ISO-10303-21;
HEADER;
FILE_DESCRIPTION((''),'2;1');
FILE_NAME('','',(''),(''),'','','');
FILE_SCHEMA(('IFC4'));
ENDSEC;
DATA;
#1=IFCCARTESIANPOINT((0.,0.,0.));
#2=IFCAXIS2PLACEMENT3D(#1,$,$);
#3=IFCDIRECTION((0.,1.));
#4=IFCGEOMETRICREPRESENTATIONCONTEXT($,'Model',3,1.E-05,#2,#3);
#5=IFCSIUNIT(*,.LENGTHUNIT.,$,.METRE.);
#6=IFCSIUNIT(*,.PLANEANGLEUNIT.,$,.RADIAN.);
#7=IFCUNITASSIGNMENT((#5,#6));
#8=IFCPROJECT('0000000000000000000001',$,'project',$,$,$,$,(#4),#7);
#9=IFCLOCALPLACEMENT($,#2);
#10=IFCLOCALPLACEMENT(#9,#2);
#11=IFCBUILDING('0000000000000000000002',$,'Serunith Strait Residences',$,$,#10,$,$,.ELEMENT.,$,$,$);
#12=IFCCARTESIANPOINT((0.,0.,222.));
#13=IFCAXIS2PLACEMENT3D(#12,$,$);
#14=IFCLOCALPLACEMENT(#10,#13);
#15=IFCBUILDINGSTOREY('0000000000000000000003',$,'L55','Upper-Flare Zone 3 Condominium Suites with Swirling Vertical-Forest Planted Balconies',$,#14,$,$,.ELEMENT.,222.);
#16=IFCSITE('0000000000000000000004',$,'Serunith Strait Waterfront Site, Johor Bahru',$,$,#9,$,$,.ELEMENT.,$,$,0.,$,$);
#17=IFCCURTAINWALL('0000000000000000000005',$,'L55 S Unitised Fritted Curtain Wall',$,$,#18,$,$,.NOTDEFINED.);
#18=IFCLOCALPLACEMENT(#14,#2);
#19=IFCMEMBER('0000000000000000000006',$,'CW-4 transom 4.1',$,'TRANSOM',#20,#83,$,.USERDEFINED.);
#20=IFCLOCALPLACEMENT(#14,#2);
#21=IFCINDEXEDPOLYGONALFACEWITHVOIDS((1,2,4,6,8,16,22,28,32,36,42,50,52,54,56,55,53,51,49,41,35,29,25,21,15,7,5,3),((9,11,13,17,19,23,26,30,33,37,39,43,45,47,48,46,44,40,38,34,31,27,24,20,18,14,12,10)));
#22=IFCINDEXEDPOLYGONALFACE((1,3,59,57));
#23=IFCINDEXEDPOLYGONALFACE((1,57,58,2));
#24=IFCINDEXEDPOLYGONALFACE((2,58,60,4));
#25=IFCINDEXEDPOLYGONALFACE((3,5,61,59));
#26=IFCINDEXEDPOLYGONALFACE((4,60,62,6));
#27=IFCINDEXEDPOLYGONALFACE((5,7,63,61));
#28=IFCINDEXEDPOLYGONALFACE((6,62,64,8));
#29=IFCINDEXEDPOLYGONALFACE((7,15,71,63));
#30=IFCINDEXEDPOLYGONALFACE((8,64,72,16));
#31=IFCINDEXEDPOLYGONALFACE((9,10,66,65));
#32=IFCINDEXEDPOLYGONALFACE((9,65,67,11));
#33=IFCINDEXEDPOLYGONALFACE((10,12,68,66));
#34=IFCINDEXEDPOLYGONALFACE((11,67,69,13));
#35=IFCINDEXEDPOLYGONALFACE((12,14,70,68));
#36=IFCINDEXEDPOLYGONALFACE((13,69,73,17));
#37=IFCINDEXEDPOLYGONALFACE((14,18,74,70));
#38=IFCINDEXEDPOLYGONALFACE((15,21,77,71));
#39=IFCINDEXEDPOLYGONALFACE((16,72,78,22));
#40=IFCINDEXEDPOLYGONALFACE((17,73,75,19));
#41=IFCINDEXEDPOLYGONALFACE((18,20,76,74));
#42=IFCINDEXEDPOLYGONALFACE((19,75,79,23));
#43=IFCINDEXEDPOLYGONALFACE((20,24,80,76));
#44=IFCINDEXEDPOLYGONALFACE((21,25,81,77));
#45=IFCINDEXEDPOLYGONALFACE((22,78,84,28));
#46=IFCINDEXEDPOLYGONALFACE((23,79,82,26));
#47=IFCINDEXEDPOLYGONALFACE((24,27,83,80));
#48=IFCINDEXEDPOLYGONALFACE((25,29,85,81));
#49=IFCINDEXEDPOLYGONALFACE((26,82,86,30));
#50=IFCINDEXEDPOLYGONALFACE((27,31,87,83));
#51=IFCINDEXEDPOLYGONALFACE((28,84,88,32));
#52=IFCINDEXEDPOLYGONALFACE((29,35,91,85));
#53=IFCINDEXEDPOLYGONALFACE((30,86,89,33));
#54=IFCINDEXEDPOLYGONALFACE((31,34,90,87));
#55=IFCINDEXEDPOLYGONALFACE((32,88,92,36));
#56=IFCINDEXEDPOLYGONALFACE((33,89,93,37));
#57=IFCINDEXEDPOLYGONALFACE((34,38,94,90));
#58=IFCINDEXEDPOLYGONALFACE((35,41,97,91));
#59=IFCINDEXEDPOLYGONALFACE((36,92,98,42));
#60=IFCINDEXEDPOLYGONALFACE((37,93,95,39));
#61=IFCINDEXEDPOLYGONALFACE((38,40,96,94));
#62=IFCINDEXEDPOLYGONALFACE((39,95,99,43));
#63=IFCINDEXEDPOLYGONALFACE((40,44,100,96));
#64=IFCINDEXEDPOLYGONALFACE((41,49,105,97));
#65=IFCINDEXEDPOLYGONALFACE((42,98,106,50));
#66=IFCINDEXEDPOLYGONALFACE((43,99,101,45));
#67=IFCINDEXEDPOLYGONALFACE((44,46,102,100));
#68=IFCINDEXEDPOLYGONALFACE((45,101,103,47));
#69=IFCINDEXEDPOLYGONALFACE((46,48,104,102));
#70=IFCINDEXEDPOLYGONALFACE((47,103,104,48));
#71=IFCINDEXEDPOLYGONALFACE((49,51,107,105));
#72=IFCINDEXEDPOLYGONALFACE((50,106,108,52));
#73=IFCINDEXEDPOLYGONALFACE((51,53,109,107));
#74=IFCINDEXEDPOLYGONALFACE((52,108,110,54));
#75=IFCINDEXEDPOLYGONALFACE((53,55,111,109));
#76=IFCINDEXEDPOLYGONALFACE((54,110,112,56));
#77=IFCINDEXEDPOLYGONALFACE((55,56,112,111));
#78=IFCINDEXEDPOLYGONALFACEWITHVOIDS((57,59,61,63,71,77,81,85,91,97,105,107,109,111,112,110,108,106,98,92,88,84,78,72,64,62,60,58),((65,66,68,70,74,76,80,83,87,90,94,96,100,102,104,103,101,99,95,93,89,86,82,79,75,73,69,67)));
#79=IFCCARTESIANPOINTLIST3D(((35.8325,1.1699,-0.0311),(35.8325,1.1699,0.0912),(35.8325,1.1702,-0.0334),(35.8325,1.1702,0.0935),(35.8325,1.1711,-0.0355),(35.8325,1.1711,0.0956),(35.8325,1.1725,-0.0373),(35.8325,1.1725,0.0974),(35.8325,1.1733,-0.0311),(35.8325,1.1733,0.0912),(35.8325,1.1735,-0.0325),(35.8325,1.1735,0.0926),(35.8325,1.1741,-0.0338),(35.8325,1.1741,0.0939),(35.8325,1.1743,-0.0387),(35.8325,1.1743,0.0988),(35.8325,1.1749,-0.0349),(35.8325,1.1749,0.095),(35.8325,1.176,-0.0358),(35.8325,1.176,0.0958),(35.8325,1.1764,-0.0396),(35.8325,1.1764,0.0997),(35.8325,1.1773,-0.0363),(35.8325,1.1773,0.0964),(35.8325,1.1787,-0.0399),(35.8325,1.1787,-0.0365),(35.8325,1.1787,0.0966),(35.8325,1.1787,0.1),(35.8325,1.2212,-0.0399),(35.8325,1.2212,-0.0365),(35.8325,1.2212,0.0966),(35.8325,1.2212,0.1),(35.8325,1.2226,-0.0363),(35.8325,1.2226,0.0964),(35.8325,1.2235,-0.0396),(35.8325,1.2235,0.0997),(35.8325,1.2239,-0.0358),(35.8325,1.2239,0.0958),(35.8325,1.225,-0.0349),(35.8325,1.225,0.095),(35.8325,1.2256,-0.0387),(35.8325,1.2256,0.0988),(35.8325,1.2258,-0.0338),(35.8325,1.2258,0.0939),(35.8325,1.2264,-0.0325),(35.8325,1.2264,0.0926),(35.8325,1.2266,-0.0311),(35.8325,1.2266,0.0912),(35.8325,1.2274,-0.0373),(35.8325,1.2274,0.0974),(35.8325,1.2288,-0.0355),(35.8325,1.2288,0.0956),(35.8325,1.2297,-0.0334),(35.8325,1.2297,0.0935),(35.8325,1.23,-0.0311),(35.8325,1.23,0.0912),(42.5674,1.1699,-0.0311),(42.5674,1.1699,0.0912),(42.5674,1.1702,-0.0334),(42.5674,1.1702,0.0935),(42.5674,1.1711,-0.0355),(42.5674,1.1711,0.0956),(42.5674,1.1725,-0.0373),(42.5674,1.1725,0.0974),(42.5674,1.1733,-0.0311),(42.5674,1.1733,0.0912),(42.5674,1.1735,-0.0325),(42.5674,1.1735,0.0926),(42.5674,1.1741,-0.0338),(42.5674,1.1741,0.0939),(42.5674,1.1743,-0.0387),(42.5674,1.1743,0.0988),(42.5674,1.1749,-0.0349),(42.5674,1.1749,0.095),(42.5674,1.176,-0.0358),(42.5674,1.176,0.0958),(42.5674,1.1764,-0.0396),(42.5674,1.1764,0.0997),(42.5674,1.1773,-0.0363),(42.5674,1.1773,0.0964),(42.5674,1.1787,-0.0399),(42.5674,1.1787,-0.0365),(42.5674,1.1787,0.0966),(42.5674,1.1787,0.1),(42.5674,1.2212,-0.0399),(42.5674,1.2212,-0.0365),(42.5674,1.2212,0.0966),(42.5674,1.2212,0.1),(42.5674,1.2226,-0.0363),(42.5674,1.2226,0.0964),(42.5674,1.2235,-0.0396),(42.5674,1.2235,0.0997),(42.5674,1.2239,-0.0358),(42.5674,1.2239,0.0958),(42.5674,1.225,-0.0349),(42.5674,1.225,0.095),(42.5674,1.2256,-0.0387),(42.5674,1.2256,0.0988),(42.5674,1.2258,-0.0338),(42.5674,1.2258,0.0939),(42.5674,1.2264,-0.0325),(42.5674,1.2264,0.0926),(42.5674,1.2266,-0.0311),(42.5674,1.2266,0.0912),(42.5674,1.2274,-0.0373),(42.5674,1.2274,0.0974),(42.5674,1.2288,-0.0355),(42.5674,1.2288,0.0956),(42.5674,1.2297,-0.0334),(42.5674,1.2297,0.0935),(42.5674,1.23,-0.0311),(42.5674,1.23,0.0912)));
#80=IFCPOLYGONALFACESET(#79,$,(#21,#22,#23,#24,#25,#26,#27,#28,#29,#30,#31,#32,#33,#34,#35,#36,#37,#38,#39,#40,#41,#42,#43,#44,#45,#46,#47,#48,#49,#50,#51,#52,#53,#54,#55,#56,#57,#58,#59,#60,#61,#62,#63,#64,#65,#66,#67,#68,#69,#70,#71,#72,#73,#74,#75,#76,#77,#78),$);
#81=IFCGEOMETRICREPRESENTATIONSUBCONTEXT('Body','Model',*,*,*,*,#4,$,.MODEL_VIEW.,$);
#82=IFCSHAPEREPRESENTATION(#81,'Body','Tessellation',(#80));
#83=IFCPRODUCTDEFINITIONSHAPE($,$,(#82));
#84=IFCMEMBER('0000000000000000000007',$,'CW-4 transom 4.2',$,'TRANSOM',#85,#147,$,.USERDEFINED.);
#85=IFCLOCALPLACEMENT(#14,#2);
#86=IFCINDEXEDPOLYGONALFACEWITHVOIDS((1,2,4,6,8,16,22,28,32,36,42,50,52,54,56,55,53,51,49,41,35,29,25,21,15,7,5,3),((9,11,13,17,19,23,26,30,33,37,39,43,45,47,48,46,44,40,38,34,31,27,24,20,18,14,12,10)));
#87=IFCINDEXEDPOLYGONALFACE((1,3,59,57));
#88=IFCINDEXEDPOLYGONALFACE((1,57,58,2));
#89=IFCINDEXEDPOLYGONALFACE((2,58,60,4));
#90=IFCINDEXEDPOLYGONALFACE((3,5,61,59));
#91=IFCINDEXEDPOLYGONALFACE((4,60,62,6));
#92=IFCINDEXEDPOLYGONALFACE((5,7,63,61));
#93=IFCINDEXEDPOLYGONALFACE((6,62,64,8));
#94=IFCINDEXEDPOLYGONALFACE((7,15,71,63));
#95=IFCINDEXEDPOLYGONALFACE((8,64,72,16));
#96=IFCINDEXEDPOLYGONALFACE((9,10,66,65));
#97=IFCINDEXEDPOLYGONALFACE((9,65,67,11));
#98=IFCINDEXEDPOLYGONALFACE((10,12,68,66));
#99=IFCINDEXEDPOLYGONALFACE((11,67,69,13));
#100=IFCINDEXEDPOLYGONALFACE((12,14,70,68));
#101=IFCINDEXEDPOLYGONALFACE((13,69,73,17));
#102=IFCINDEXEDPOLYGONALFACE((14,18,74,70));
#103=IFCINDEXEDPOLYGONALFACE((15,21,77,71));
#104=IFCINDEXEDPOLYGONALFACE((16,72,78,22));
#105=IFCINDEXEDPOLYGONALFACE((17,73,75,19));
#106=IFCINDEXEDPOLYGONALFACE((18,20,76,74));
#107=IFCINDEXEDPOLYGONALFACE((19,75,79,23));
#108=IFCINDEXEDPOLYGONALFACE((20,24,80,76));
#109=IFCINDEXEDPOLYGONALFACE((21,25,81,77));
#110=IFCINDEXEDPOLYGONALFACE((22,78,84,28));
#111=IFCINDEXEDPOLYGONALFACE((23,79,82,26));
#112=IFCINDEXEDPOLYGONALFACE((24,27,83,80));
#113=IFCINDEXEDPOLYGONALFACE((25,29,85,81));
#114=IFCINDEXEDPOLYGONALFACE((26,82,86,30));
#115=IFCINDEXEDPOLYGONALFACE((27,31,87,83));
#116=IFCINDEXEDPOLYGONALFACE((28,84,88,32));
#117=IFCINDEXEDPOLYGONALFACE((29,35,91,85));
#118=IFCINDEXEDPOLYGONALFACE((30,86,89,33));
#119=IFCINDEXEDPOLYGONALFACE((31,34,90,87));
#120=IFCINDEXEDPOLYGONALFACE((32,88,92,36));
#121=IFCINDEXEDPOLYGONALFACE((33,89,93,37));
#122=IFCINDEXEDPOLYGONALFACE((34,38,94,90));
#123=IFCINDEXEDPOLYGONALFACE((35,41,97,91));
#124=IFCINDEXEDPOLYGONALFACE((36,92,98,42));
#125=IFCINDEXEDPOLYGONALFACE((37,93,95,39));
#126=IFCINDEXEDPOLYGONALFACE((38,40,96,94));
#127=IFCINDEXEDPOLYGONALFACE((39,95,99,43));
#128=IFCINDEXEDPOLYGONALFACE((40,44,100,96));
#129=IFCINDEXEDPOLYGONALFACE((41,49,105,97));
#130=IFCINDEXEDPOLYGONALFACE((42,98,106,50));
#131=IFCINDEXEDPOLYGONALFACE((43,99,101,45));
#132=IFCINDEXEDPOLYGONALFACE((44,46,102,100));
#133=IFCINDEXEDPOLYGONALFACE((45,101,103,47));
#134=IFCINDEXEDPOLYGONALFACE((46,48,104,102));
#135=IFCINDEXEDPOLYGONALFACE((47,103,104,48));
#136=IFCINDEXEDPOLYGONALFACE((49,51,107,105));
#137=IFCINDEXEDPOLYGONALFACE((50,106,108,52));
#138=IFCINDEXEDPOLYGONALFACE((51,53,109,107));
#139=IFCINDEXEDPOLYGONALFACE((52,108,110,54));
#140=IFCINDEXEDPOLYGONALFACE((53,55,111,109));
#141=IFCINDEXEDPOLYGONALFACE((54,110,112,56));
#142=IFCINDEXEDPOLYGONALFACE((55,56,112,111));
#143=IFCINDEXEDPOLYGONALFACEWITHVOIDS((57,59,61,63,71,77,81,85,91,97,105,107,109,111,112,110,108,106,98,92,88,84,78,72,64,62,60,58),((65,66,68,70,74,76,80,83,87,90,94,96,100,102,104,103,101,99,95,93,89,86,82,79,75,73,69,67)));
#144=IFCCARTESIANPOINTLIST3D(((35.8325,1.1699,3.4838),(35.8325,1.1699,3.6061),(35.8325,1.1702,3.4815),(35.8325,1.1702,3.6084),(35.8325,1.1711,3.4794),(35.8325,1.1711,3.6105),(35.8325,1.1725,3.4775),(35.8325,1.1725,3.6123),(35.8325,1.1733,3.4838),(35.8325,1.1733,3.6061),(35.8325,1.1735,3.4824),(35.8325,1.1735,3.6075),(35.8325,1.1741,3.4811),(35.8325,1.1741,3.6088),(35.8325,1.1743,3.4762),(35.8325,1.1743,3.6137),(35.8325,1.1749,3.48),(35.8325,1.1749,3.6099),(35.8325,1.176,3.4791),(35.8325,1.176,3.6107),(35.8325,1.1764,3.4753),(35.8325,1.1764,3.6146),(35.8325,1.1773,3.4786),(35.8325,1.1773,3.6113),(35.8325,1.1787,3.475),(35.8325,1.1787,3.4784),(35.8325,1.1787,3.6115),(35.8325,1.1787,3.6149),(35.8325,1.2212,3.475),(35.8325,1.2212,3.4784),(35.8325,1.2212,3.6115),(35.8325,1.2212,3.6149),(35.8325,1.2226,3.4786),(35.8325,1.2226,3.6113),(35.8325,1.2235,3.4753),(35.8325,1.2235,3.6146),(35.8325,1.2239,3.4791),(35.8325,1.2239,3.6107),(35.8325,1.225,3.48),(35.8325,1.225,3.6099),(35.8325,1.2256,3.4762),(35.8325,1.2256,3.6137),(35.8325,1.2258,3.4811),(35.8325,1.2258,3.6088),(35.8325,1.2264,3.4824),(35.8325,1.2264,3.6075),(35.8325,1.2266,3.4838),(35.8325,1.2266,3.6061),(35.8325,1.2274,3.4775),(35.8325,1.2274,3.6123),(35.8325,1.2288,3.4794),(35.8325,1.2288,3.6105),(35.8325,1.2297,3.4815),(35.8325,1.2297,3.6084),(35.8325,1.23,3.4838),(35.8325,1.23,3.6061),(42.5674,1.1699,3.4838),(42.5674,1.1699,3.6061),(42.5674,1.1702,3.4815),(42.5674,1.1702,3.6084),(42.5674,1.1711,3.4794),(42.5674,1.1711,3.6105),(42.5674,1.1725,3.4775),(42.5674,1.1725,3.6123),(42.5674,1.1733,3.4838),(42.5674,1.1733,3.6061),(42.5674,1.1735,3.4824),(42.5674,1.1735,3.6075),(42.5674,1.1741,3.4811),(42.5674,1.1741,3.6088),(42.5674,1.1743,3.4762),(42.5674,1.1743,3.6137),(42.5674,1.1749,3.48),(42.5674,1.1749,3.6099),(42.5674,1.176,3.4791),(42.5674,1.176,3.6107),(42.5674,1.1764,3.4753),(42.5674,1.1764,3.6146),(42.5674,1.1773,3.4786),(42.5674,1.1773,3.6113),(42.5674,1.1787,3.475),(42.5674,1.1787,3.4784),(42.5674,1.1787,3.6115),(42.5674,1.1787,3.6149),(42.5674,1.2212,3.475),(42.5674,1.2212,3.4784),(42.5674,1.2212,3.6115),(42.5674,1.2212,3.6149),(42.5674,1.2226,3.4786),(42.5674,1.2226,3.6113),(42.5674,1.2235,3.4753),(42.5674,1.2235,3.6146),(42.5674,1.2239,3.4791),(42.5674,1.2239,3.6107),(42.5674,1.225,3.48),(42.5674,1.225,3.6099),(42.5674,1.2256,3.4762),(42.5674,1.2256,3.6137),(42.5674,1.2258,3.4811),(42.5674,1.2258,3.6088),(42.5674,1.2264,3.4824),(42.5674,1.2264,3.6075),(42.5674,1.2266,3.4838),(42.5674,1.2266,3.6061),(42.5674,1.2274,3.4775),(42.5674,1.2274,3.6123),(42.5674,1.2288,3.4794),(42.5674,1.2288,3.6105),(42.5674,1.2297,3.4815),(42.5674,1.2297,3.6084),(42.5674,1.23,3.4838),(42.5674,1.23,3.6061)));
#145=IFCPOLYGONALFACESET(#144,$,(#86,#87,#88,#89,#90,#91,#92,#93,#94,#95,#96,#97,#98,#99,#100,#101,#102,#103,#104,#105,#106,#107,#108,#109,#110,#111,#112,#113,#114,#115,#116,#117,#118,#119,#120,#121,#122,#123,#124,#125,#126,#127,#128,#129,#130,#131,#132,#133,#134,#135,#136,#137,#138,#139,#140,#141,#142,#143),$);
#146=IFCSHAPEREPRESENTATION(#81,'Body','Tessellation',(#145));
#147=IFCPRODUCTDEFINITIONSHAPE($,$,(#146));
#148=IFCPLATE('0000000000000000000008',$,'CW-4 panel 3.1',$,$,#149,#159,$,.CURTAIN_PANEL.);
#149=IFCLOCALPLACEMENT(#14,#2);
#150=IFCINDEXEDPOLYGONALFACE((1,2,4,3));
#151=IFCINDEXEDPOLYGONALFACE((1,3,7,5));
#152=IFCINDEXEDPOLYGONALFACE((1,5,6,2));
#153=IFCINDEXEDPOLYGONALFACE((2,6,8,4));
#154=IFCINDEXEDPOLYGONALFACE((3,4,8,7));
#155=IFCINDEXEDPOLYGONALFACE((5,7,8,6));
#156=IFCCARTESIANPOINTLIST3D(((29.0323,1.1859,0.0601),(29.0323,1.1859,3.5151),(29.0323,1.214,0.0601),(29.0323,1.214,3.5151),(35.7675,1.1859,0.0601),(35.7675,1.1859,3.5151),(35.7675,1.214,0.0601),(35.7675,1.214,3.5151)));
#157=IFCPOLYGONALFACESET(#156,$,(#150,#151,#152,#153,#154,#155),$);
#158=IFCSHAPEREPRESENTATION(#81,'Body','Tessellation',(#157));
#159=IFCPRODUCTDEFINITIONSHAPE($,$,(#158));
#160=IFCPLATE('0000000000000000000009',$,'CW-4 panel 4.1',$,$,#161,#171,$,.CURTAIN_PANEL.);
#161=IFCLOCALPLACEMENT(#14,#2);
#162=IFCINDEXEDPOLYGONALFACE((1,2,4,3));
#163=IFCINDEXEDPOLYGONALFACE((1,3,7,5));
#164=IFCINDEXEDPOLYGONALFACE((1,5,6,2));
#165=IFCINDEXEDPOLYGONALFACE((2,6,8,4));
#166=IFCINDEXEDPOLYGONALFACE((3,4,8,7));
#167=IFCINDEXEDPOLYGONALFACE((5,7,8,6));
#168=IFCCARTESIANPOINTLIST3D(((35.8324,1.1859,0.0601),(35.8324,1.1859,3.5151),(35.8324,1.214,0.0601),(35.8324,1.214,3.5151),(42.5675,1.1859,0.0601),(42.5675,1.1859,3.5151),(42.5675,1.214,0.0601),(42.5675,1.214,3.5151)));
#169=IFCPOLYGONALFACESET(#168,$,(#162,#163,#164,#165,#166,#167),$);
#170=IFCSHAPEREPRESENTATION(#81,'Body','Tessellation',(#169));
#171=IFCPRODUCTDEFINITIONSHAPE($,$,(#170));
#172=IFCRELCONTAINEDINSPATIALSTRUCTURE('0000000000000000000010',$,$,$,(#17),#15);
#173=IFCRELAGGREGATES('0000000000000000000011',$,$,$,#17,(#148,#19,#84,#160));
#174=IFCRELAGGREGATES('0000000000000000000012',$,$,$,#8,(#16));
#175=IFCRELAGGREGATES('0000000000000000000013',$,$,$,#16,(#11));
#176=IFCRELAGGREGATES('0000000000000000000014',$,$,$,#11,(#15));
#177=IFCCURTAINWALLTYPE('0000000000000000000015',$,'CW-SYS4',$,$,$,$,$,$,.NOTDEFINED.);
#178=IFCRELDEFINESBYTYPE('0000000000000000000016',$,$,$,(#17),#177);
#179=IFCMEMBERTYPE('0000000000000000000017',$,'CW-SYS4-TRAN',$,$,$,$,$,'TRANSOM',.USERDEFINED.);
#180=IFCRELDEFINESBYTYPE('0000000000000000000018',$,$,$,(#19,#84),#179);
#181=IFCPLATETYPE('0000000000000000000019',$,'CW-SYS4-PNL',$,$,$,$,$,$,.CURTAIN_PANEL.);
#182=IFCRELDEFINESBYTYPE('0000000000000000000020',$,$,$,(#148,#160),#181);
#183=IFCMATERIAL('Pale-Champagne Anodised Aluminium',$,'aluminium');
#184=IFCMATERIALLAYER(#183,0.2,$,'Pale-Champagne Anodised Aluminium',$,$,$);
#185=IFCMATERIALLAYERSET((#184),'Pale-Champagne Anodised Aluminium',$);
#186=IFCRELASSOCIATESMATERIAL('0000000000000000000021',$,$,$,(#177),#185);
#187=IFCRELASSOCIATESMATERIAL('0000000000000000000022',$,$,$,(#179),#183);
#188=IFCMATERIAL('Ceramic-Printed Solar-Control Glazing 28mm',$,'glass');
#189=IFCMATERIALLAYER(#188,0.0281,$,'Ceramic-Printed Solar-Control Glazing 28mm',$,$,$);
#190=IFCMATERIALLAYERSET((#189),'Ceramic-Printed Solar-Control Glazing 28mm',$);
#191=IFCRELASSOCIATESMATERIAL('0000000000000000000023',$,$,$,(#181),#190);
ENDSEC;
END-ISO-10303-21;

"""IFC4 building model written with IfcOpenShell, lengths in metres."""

from ifc_helpers import new_model, si_unit, direction, frame, origin, origin_2d, place, context, subcontext, project, spatial, rectangle, hollow_rectangle, extrude, source, transform, mapped, material, layer, layer_set, material_profile, profile_set, type_object, element, aggregate, save


model = new_model("IFC4")

# Units and contexts
model_context = context("Model", 3, precision=1e-05, world=origin(), true_north=direction((0.0, 1.0)))
body_context = subcontext(model_context, "Body", "Model", "MODEL_VIEW")
ifc_project = project(units=[si_unit("LENGTHUNIT", "METRE"), si_unit("PLANEANGLEUNIT", "RADIAN")], contexts=[model_context])

# Site, building, storey
site_placement = place(None, origin())
site = spatial("IfcSite", under=ifc_project, at=site_placement, Name="Serunith Strait Waterfront Site, Johor Bahru", CompositionType="ELEMENT", RefElevation=0.0)
building_placement = place(site_placement, origin())
building = spatial("IfcBuilding", under=site, at=building_placement, Name="Serunith Strait Residences", CompositionType="ELEMENT")
storey_placement = place(building_placement, frame((0.0, 0.0, 222.0)))
storey = spatial("IfcBuildingStorey", under=building, at=storey_placement, Name="L55", Description="Upper-Flare Zone 3 Condominium Suites with Swirling Vertical-Forest Planted Balconies", CompositionType="ELEMENT", Elevation=222.0)

# Curtain wall, members, plates
ifc_material_1 = material(Name="Pale-Champagne Anodised Aluminium", Category="aluminium")
ifc_layer_1 = layer(ifc_material_1, 0.2, Name="Pale-Champagne Anodised Aluminium")
ifc_layer_set_1 = layer_set([ifc_layer_1], Name="Pale-Champagne Anodised Aluminium")
curtain_wall_type = type_object("IfcCurtainWallType", Name="CW-SYS4", PredefinedType="NOTDEFINED", material=ifc_layer_set_1)
curtain_wall_placement = place(storey_placement, origin())
curtain_wall = element("IfcCurtainWall", 1, at=curtain_wall_placement, inside=storey, type_object=curtain_wall_type, Name="L55 S Unitised Fritted Curtain Wall", PredefinedType="NOTDEFINED")
ifc_material_profile_1 = material_profile(ifc_material_1, hollow_rectangle(XDim=0.0601, YDim=0.1399, WallThickness=0.0034, InnerFilletRadius=0.0054, OuterFilletRadius=0.0088, at=origin_2d()), Name="ALU 140x60x3.5")
ifc_profile_set_1 = profile_set([ifc_material_profile_1], Name="Pale-Champagne Anodised Aluminium")
member_type_1 = type_object("IfcMemberType", Name="CW-SYS4-TRAN", ElementType="TRANSOM", PredefinedType="USERDEFINED", material=ifc_profile_set_1)
shared_shape_1 = source(origin(), body_context, "Body", "SweptSolid", [
    extrude(hollow_rectangle(XDim=0.0601, YDim=0.1399, WallThickness=0.0034, InnerFilletRadius=0.0054, OuterFilletRadius=0.0088, at=origin_2d()), origin(), (0.0, 0.0, 1.0), 6.7349),
])
member_1_placement = place(storey_placement, frame((35.8325, 1.2, 0.03), z_axis=(1.0, 0.0, 0.0), x_axis=(0.0, 1.0, 0.0)))
member_1 = element("IfcMember", 2, at=member_1_placement, type_object=member_type_1, Name="CW-4 transom 4.1", ObjectType="TRANSOM", PredefinedType="USERDEFINED", context=body_context, shape_type="MappedRepresentation", body=[
    mapped(shared_shape_1, transform((0.0, 0.0, 0.0), scale=1.0)),
])
member_2_placement = place(storey_placement, frame((35.8325, 1.2, 3.5449), z_axis=(1.0, 0.0, 0.0), x_axis=(0.0, 1.0, 0.0)))
member_2 = element("IfcMember", 3, at=member_2_placement, type_object=member_type_1, Name="CW-4 transom 4.2", ObjectType="TRANSOM", PredefinedType="USERDEFINED", context=body_context, shape_type="MappedRepresentation", body=[
    mapped(shared_shape_1, transform((0.0, 0.0, 0.0), scale=1.0)),
])
ifc_material_2 = material(Name="Ceramic-Printed Solar-Control Glazing 28mm", Category="glass")
ifc_layer_2 = layer(ifc_material_2, 0.0281, Name="Ceramic-Printed Solar-Control Glazing 28mm")
ifc_layer_set_2 = layer_set([ifc_layer_2], Name="Ceramic-Printed Solar-Control Glazing 28mm")
plate_type = type_object("IfcPlateType", Name="CW-SYS4-PNL", PredefinedType="CURTAIN_PANEL", material=ifc_layer_set_2)
shared_shape_2 = source(origin(), body_context, "Body", "SweptSolid", [
    extrude(rectangle(XDim=6.7351, YDim=0.0281, at=origin_2d()), origin(), (0.0, 0.0, 1.0), 3.4551),
])
plate_1_placement = place(storey_placement, frame((32.3999, 1.2, 0.0601), z_axis=(0.0, 0.0, 1.0), x_axis=(1.0, 0.0, 0.0)))
plate_1 = element("IfcPlate", 4, at=plate_1_placement, type_object=plate_type, Name="CW-4 panel 3.1", PredefinedType="CURTAIN_PANEL", context=body_context, shape_type="MappedRepresentation", body=[
    mapped(shared_shape_2, transform((0.0, 0.0, 0.0), scale=1.0)),
])
plate_2_placement = place(storey_placement, frame((39.2, 1.2, 0.0601), z_axis=(0.0, 0.0, 1.0), x_axis=(1.0, 0.0, 0.0)))
plate_2 = element("IfcPlate", 5, at=plate_2_placement, type_object=plate_type, Name="CW-4 panel 4.1", PredefinedType="CURTAIN_PANEL", context=body_context, shape_type="MappedRepresentation", body=[
    mapped(shared_shape_2, transform((0.0, 0.0, 0.0), scale=1.0)),
])
aggregate(curtain_wall, [plate_1, member_1, member_2, plate_2])

save(model, "model.ifc")
